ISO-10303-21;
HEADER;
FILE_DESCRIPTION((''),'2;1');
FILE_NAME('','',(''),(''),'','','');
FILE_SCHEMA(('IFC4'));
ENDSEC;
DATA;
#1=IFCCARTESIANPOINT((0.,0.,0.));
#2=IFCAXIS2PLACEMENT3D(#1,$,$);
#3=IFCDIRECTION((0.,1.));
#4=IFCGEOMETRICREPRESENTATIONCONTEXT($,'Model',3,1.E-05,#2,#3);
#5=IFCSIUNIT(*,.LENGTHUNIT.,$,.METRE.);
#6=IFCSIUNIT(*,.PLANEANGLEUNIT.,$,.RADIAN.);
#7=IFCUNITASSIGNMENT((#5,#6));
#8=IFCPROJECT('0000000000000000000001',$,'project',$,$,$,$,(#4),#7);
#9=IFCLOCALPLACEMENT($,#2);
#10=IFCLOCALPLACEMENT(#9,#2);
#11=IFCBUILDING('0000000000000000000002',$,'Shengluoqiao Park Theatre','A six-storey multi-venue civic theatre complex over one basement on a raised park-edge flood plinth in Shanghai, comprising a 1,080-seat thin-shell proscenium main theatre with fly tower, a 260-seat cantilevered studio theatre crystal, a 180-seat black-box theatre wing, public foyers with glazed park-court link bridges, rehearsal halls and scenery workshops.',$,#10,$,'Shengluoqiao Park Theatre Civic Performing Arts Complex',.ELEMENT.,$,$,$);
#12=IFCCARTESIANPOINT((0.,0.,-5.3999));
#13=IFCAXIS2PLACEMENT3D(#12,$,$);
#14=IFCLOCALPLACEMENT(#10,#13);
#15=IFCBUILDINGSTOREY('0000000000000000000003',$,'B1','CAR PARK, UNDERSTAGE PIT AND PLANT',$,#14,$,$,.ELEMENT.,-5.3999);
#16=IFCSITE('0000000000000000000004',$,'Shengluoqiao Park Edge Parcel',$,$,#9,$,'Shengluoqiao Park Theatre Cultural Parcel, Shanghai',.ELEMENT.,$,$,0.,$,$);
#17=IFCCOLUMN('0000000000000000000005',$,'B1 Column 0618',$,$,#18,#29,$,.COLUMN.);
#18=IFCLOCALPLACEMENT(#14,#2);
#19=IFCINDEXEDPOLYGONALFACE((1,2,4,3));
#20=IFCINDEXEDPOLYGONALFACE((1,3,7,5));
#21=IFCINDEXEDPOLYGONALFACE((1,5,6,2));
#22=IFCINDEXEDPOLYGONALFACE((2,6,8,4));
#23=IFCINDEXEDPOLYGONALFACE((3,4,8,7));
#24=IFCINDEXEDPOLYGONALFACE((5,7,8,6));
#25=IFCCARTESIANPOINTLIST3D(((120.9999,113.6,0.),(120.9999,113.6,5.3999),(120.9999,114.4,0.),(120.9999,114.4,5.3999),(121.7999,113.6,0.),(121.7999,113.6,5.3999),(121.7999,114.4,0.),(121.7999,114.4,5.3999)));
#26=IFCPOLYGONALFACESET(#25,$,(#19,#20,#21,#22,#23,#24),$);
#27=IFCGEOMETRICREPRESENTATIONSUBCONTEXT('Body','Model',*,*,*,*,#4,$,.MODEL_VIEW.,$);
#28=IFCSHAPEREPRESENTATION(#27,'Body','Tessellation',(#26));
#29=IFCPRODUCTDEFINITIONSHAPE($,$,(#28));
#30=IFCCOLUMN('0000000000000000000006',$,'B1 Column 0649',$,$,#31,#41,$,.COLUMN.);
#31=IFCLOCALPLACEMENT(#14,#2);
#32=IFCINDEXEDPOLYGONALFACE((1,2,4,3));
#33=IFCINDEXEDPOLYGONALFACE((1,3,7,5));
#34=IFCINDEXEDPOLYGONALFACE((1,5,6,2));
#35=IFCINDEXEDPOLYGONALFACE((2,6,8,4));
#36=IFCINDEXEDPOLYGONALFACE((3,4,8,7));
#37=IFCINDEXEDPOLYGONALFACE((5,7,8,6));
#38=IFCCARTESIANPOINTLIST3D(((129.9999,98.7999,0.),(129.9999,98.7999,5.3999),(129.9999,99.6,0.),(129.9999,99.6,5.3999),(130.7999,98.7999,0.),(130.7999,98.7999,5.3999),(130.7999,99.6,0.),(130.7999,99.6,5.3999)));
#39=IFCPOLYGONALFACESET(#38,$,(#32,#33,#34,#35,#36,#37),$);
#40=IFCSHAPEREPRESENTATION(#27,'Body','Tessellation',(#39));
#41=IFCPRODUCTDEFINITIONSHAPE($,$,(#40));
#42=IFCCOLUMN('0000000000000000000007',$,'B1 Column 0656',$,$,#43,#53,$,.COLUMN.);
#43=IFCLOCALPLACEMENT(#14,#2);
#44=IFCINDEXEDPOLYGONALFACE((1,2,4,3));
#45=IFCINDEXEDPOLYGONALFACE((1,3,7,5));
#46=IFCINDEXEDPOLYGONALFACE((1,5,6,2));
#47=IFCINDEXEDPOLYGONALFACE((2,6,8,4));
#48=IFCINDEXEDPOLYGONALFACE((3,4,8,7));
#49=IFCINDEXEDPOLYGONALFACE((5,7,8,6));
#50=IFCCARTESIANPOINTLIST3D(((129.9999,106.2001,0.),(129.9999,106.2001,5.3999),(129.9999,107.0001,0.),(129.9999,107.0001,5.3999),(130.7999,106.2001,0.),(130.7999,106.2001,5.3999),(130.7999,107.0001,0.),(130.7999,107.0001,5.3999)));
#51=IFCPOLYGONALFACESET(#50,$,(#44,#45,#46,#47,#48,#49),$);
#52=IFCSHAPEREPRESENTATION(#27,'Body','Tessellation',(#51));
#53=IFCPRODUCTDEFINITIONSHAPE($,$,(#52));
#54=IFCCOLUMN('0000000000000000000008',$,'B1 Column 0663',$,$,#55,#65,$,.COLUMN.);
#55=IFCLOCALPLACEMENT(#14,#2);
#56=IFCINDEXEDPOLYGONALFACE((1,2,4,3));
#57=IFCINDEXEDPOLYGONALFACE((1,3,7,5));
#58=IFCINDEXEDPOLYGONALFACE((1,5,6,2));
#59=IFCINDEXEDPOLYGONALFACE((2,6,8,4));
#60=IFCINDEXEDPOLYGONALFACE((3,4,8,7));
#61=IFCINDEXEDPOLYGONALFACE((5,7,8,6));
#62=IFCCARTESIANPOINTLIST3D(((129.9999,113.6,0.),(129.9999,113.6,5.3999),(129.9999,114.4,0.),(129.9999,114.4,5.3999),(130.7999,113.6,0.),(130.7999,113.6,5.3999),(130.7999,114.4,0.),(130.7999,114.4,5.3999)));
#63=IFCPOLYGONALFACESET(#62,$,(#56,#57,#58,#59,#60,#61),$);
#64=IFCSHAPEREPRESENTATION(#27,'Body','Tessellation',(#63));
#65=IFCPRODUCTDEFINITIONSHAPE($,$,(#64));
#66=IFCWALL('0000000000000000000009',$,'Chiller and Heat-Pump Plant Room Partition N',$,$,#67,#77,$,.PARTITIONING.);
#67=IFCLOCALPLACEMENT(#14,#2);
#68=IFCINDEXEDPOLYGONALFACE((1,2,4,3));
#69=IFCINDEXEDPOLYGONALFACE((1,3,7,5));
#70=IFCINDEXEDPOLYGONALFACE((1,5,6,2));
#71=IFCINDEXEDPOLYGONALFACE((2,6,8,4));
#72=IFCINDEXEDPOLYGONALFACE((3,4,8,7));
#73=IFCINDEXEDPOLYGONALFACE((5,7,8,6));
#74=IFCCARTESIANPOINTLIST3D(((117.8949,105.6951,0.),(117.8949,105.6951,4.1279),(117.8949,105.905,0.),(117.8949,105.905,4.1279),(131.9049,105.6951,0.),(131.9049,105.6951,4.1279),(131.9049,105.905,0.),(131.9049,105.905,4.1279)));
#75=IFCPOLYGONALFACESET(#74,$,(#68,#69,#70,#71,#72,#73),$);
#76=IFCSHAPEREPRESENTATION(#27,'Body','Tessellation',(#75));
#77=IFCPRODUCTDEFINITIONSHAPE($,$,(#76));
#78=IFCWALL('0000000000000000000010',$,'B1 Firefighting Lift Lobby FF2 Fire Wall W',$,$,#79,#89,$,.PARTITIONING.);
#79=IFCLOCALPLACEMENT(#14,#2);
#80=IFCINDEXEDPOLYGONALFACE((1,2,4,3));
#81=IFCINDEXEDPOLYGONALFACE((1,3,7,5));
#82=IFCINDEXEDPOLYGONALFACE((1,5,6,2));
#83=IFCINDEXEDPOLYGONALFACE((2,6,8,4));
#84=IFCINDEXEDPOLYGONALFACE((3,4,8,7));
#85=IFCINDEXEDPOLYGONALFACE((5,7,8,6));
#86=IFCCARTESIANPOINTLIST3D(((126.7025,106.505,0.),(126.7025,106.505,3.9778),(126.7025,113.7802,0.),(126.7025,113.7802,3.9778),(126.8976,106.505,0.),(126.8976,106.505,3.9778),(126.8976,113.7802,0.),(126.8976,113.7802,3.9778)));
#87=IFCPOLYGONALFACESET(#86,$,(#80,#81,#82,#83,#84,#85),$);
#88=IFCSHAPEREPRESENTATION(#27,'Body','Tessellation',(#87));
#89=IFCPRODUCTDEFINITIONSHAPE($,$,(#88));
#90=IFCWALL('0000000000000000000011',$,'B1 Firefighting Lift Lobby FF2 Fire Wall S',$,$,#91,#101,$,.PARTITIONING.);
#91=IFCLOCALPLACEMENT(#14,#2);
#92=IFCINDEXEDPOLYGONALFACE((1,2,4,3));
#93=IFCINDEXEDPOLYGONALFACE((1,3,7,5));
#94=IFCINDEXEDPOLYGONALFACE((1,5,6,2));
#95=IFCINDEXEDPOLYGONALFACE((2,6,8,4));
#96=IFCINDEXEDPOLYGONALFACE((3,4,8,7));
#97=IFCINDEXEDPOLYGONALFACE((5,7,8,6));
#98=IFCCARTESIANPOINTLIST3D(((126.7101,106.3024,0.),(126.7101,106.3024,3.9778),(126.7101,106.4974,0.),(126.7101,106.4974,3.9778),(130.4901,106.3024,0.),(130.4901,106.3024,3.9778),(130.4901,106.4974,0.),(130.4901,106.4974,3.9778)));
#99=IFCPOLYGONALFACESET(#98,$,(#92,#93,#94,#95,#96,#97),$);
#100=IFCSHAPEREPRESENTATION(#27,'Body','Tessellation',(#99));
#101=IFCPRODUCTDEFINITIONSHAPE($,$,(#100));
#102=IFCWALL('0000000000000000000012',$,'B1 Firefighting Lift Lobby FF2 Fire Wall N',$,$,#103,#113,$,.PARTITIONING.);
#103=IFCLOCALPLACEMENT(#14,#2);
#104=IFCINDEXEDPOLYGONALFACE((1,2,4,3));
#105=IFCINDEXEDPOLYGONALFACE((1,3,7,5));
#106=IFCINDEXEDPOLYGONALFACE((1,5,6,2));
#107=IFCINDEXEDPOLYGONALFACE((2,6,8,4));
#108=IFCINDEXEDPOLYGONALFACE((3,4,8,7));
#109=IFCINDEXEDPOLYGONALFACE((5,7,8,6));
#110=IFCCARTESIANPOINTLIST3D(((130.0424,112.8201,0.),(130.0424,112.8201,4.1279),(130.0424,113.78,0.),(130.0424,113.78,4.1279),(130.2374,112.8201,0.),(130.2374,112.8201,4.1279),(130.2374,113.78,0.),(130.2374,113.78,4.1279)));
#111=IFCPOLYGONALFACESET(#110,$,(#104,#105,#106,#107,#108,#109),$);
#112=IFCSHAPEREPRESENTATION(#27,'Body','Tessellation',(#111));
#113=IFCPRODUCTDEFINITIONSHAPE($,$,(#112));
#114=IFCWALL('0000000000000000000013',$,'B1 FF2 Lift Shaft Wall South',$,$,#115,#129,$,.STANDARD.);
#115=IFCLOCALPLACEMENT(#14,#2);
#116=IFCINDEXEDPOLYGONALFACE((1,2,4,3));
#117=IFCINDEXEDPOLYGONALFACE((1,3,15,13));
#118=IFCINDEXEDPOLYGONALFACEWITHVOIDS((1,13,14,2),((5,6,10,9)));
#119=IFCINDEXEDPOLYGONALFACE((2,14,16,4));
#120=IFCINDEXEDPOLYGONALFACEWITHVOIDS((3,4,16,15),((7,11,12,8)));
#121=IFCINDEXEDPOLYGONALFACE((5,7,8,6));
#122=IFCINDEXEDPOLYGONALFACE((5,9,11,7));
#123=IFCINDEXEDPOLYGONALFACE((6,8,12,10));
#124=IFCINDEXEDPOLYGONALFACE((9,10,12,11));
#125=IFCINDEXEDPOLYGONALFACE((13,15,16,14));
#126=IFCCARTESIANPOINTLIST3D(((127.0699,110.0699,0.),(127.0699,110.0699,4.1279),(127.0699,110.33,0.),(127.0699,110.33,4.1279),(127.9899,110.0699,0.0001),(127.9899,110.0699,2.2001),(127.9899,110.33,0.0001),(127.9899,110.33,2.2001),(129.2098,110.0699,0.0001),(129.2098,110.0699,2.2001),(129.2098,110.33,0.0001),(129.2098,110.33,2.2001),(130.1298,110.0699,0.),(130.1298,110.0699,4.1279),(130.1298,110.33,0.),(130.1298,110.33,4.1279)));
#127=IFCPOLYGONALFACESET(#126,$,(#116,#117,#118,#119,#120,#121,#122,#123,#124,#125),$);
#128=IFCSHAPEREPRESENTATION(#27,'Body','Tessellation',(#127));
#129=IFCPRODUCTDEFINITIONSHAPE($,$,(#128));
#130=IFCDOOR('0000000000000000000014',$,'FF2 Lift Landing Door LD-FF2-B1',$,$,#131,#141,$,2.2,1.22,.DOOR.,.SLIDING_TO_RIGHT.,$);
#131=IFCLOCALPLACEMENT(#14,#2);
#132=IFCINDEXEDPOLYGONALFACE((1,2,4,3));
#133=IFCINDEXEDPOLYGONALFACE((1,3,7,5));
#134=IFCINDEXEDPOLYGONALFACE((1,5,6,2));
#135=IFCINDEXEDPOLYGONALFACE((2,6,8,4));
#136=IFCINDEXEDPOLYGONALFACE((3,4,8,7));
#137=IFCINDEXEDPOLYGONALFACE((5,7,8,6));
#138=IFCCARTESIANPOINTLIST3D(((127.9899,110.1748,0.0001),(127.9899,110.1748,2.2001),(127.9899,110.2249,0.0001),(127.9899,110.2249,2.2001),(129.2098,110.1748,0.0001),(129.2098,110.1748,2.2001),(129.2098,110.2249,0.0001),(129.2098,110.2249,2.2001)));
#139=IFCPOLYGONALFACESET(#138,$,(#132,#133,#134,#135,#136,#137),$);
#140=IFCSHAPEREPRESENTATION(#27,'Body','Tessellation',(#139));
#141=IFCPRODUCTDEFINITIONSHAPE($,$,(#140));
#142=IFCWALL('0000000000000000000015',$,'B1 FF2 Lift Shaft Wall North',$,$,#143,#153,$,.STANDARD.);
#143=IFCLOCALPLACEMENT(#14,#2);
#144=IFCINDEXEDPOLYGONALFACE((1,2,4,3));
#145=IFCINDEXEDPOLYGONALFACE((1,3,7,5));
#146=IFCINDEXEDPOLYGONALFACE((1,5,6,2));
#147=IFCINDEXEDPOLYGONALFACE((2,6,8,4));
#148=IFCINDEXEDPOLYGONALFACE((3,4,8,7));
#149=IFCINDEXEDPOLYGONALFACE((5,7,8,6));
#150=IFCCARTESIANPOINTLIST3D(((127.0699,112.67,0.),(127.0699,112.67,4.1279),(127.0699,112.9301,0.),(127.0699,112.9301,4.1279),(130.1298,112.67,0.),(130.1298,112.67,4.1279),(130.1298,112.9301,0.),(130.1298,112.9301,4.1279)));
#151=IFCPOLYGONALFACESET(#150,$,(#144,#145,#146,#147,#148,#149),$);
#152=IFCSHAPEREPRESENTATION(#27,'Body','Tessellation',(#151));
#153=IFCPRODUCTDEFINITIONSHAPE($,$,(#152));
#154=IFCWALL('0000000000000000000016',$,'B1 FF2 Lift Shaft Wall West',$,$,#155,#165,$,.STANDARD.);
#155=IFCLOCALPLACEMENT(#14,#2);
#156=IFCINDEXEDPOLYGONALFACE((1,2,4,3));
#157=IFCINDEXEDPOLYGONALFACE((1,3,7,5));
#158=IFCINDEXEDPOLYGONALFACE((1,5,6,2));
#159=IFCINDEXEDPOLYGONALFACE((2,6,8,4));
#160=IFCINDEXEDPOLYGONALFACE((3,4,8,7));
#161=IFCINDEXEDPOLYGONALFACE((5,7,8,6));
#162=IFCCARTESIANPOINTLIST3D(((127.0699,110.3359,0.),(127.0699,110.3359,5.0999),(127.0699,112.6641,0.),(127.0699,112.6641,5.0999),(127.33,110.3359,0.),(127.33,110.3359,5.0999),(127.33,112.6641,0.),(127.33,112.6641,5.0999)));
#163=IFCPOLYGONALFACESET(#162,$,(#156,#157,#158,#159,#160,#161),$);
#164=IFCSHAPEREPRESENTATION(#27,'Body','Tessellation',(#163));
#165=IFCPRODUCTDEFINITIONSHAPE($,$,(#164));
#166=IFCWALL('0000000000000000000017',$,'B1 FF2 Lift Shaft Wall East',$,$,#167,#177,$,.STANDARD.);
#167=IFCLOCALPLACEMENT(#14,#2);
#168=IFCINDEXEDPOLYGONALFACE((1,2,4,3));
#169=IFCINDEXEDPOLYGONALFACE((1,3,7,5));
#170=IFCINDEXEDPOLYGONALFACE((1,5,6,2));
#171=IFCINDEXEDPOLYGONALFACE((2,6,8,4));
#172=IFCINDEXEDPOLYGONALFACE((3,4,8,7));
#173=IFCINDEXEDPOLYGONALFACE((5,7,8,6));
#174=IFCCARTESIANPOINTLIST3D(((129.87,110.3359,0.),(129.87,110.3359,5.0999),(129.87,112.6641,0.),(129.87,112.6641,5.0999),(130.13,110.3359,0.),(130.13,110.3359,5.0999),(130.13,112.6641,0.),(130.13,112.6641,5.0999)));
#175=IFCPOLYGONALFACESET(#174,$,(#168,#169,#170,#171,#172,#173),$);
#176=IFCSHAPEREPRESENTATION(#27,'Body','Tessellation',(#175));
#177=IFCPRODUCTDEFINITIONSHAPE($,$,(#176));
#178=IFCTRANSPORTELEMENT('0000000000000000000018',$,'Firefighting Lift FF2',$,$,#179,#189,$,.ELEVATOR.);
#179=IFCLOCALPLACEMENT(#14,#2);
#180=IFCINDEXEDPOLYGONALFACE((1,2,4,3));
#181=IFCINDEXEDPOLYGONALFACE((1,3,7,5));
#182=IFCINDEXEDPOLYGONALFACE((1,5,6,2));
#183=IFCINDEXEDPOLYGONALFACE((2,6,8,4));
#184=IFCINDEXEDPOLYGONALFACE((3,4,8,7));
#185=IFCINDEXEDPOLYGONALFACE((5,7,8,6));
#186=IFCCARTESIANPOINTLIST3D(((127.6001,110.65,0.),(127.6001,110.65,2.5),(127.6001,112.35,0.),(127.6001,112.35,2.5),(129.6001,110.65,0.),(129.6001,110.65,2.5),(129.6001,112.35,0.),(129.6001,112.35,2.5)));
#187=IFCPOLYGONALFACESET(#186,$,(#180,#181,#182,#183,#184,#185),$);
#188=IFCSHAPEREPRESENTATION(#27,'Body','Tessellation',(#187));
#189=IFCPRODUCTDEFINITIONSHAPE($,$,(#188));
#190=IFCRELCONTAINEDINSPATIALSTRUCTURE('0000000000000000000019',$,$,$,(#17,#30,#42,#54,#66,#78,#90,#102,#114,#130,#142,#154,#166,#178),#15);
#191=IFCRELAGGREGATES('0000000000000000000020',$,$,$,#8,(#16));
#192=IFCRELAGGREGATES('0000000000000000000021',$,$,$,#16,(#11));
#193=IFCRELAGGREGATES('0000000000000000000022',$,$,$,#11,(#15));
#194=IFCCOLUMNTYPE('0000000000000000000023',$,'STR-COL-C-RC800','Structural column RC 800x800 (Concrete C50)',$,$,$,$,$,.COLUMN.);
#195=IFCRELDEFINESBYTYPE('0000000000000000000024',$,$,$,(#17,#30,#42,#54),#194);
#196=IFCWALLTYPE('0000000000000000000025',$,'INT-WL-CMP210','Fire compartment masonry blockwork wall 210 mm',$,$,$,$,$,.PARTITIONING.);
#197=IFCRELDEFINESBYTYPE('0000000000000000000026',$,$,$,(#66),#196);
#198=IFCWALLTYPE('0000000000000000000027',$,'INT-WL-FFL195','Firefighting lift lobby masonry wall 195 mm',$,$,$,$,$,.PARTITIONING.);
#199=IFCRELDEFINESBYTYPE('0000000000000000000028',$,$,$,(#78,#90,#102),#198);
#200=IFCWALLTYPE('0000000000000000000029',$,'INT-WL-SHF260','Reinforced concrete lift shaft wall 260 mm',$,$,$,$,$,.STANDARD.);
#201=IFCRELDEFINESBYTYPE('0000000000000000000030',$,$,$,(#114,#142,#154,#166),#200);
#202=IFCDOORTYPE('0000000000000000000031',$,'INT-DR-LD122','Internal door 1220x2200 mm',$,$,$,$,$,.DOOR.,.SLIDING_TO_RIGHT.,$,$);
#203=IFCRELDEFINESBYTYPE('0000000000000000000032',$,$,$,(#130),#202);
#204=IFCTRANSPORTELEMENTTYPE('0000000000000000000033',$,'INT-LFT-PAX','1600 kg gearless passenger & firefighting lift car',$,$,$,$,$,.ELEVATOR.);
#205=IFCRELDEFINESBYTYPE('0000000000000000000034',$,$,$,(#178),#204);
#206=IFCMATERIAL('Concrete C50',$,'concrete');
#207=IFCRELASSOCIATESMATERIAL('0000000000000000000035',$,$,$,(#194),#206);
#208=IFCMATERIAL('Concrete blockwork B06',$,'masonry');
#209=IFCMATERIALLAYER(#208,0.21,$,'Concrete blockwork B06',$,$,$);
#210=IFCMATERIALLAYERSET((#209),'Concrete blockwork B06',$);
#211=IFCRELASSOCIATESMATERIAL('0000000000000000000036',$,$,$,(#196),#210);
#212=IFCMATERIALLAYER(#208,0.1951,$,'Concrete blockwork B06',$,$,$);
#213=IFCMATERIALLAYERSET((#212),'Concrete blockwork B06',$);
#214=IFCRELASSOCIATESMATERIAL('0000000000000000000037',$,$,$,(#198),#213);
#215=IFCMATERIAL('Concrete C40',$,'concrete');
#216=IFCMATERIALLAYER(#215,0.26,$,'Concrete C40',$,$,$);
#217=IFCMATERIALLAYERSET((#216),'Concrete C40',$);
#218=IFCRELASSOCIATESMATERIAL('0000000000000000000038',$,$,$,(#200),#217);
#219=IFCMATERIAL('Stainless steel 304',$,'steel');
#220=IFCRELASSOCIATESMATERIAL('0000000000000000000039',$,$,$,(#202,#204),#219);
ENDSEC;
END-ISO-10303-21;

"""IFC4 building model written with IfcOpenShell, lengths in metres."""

from ifc_helpers import new_model, si_unit, direction, frame, frame_2d, origin, origin_2d, place, context, subcontext, project, spatial, rectangle, extrude, material, layer, layer_set, material_profile, profile_set, type_object, element, fill, save


model = new_model("IFC4")

# Units and contexts
model_context = context("Model", 3, precision=1e-05, world=origin(), true_north=direction((0.0, 1.0)))
body_context = subcontext(model_context, "Body", "Model", "MODEL_VIEW")
ifc_project = project(units=[si_unit("LENGTHUNIT", "METRE"), si_unit("PLANEANGLEUNIT", "RADIAN")], contexts=[model_context])

# Site, building, storey
site_placement = place(None, origin())
site = spatial("IfcSite", under=ifc_project, at=site_placement, Name="Shengluoqiao Park Edge Parcel", LongName="Shengluoqiao Park Theatre Cultural Parcel, Shanghai", CompositionType="ELEMENT", RefElevation=0.0)
building_placement = place(site_placement, origin())
building = spatial("IfcBuilding", under=site, at=building_placement, Name="Shengluoqiao Park Theatre", Description="A six-storey multi-venue civic theatre complex over one basement on a raised park-edge flood plinth in Shanghai, comprising a 1,080-seat thin-shell proscenium main theatre with fly tower, a 260-seat cantilevered studio theatre crystal, a 180-seat black-box theatre wing, public foyers with glazed park-court link bridges, rehearsal halls and scenery workshops.", LongName="Shengluoqiao Park Theatre Civic Performing Arts Complex", CompositionType="ELEMENT")
storey_placement = place(building_placement, frame((0.0, 0.0, -5.3999)))
storey = spatial("IfcBuildingStorey", under=building, at=storey_placement, Name="B1", Description="CAR PARK, UNDERSTAGE PIT AND PLANT", CompositionType="ELEMENT", Elevation=-5.3999)

# Shared definitions
ifc_material_1 = material(Name="Concrete C40", Category="concrete")

# Columns
ifc_material_2 = material(Name="Concrete C50", Category="concrete")
ifc_material_profile_1 = material_profile(ifc_material_2, rectangle(XDim=0.8, YDim=0.8, at=origin_2d()), Name="RC 800x800")
ifc_profile_set_1 = profile_set([ifc_material_profile_1], Name="Concrete C50")
column_type = type_object("IfcColumnType", Name="STR-COL-C-RC800", Description="Structural column RC 800x800 (Concrete C50)", PredefinedType="COLUMN", material=ifc_profile_set_1)
for number, where, z_axis, x_axis, name in (
    (1, (121.3999, 114.0, 0.0), (0.0, 0.0, 1.0), (1.0, 0.0, 0.0), "B1 Column 0618"),
    (2, (130.3999, 99.2, 0.0), (0.0, 0.0, 1.0), (1.0, 0.0, 0.0), "B1 Column 0649"),
    (3, (130.3999, 106.6001, 0.0), (0.0, 0.0, 1.0), (1.0, 0.0, 0.0), "B1 Column 0656"),
    (4, (130.3999, 114.0, 0.0), (0.0, 0.0, 1.0), (1.0, 0.0, 0.0), "B1 Column 0663"),
):
    element("IfcColumn", number, at=place(storey_placement, frame(where, z_axis=z_axis, x_axis=x_axis)), inside=storey, type_object=column_type, Name=name, PredefinedType="COLUMN", context=body_context, shape_type="SweptSolid", body=[
        extrude(rectangle(XDim=0.8, YDim=0.8, at=origin_2d()), origin(), (0.0, 0.0, 1.0), 5.3999),
    ])

# Walls
ifc_material_3 = material(Name="Concrete blockwork B06", Category="masonry")
ifc_layer_1 = layer(ifc_material_3, 0.21, Name="Concrete blockwork B06")
ifc_layer_set_1 = layer_set([ifc_layer_1], Name="Concrete blockwork B06")
wall_type_1 = type_object("IfcWallType", Name="INT-WL-CMP210", Description="Fire compartment masonry blockwork wall 210 mm", PredefinedType="PARTITIONING", material=ifc_layer_set_1)
wall_1_placement = place(storey_placement, frame((117.895, 105.8, 0.0), z_axis=(0.0, 0.0, 1.0), x_axis=(1.0, 0.0, 0.0)))
element("IfcWall", 5, at=wall_1_placement, inside=storey, type_object=wall_type_1, Name="Chiller and Heat-Pump Plant Room Partition N", PredefinedType="PARTITIONING", context=body_context, shape_type="SweptSolid", body=[
    extrude(rectangle(XDim=14.01, YDim=0.21, at=frame_2d((7.0049, 0.0))), origin(), (0.0, 0.0, 1.0), 4.1279),
])
ifc_layer_2 = layer(ifc_material_3, 0.1951, Name="Concrete blockwork B06")
ifc_layer_set_2 = layer_set([ifc_layer_2], Name="Concrete blockwork B06")
wall_type_2 = type_object("IfcWallType", Name="INT-WL-FFL195", Description="Firefighting lift lobby masonry wall 195 mm", PredefinedType="PARTITIONING", material=ifc_layer_set_2)
wall_2_placement = place(storey_placement, frame((126.8, 106.5049, 0.0), z_axis=(0.0, 0.0, 1.0), x_axis=(0.0, 1.0, 0.0)))
element("IfcWall", 6, at=wall_2_placement, inside=storey, type_object=wall_type_2, Name="B1 Firefighting Lift Lobby FF2 Fire Wall W", PredefinedType="PARTITIONING", context=body_context, shape_type="SweptSolid", body=[
    extrude(rectangle(XDim=7.2751, YDim=0.1951, at=frame_2d((3.6377, 0.0))), origin(), (0.0, 0.0, 1.0), 3.9778),
])
wall_3_placement = place(storey_placement, frame((126.71, 106.3999, 0.0), z_axis=(0.0, 0.0, 1.0), x_axis=(1.0, 0.0, 0.0)))
element("IfcWall", 7, at=wall_3_placement, inside=storey, type_object=wall_type_2, Name="B1 Firefighting Lift Lobby FF2 Fire Wall S", PredefinedType="PARTITIONING", context=body_context, shape_type="SweptSolid", body=[
    extrude(rectangle(XDim=3.78, YDim=0.1951, at=frame_2d((1.8901, 0.0))), origin(), (0.0, 0.0, 1.0), 3.9778),
])
wall_4_placement = place(storey_placement, frame((130.1399, 112.8201, 0.0), z_axis=(0.0, 0.0, 1.0), x_axis=(0.0, 1.0, 0.0)))
element("IfcWall", 8, at=wall_4_placement, inside=storey, type_object=wall_type_2, Name="B1 Firefighting Lift Lobby FF2 Fire Wall N", PredefinedType="PARTITIONING", context=body_context, shape_type="SweptSolid", body=[
    extrude(rectangle(XDim=0.96, YDim=0.1951, at=frame_2d((0.48, 0.0))), origin(), (0.0, 0.0, 1.0), 4.1279),
])

# Wall, opening, door
ifc_layer_3 = layer(ifc_material_1, 0.26, Name="Concrete C40")
ifc_layer_set_3 = layer_set([ifc_layer_3], Name="Concrete C40")
wall_type_3 = type_object("IfcWallType", Name="INT-WL-SHF260", Description="Reinforced concrete lift shaft wall 260 mm", PredefinedType="STANDARD", material=ifc_layer_set_3)
wall_5_placement = place(storey_placement, frame((127.0701, 110.2, 0.0), z_axis=(0.0, 0.0, 1.0), x_axis=(1.0, 0.0, 0.0)))
wall_5 = element("IfcWall", 9, at=wall_5_placement, inside=storey, type_object=wall_type_3, Name="B1 FF2 Lift Shaft Wall South", PredefinedType="STANDARD", context=body_context, shape_type="SweptSolid", body=[
    extrude(rectangle(XDim=3.0598, YDim=0.26, at=frame_2d((1.5298, 0.0))), origin(), (0.0, 0.0, 1.0), 4.1279),
])
opening_placement = place(wall_5_placement, frame((0.9199, 0.0, 0.0)))
opening = element("IfcOpeningElement", 10, at=opening_placement, cuts=wall_5, PredefinedType="OPENING", context=body_context, shape_type="SweptSolid", body=[
    extrude(rectangle(XDim=1.22, YDim=2.2, at=frame_2d((0.6099, 1.1001))), frame((0.0, 0.1399, 0.0), z_axis=(0.0, -1.0, 0.0), x_axis=(1.0, 0.0, 0.0)), (0.0, 0.0, 1.0), 0.28),
])
ifc_material_4 = material(Name="Stainless steel 304", Category="steel")
door_type = type_object("IfcDoorType", Name="INT-DR-LD122", Description="Internal door 1220x2200 mm", OperationType="SLIDING_TO_RIGHT", PredefinedType="DOOR", material=ifc_material_4)
door_placement = place(opening_placement, origin())
door = element("IfcDoor", 11, at=door_placement, inside=storey, type_object=door_type, Name="FF2 Lift Landing Door LD-FF2-B1", OperationType="SLIDING_TO_RIGHT", OverallHeight=2.2, OverallWidth=1.22, PredefinedType="DOOR", context=body_context, shape_type="SweptSolid", body=[
    extrude(rectangle(XDim=1.22, YDim=2.2, at=frame_2d((0.6099, 1.1001))), frame((0.0, 0.0249, 0.0), z_axis=(0.0, -1.0, 0.0), x_axis=(1.0, 0.0, 0.0)), (0.0, 0.0, 1.0), 0.05),
])
fill(opening, door)

# Walls
wall_6_placement = place(storey_placement, frame((127.0701, 112.8, 0.0), z_axis=(0.0, 0.0, 1.0), x_axis=(1.0, 0.0, 0.0)))
element("IfcWall", 12, at=wall_6_placement, inside=storey, type_object=wall_type_3, Name="B1 FF2 Lift Shaft Wall North", PredefinedType="STANDARD", context=body_context, shape_type="SweptSolid", body=[
    extrude(rectangle(XDim=3.0598, YDim=0.26, at=frame_2d((1.5298, 0.0))), origin(), (0.0, 0.0, 1.0), 4.1279),
])
for number, where, z_axis, x_axis, name in (
    (13, (127.2, 110.3359, 0.0), (0.0, 0.0, 1.0), (0.0, 1.0, 0.0), "B1 FF2 Lift Shaft Wall West"),
    (14, (130.0, 110.3359, 0.0), (0.0, 0.0, 1.0), (0.0, 1.0, 0.0), "B1 FF2 Lift Shaft Wall East"),
):
    element("IfcWall", number, at=place(storey_placement, frame(where, z_axis=z_axis, x_axis=x_axis)), inside=storey, type_object=wall_type_3, Name=name, PredefinedType="STANDARD", context=body_context, shape_type="SweptSolid", body=[
        extrude(rectangle(XDim=2.3281, YDim=0.26, at=frame_2d((1.1641, 0.0))), origin(), (0.0, 0.0, 1.0), 5.0999),
    ])

# Transport element
transport_element_type = type_object("IfcTransportElementType", Name="INT-LFT-PAX", Description="1600 kg gearless passenger & firefighting lift car", PredefinedType="ELEVATOR", material=ifc_material_4)
transport_element_placement = place(storey_placement, frame((128.6001, 111.5, 0.0), z_axis=(0.0, 0.0, 1.0), x_axis=(1.0, 0.0, 0.0)))
element("IfcTransportElement", 15, at=transport_element_placement, inside=storey, type_object=transport_element_type, Name="Firefighting Lift FF2", PredefinedType="ELEVATOR", context=body_context, shape_type="SweptSolid", body=[
    extrude(rectangle(XDim=2.0, YDim=1.7, at=origin_2d()), origin(), (0.0, 0.0, 1.0), 2.5),
])

save(model, "model.ifc")
